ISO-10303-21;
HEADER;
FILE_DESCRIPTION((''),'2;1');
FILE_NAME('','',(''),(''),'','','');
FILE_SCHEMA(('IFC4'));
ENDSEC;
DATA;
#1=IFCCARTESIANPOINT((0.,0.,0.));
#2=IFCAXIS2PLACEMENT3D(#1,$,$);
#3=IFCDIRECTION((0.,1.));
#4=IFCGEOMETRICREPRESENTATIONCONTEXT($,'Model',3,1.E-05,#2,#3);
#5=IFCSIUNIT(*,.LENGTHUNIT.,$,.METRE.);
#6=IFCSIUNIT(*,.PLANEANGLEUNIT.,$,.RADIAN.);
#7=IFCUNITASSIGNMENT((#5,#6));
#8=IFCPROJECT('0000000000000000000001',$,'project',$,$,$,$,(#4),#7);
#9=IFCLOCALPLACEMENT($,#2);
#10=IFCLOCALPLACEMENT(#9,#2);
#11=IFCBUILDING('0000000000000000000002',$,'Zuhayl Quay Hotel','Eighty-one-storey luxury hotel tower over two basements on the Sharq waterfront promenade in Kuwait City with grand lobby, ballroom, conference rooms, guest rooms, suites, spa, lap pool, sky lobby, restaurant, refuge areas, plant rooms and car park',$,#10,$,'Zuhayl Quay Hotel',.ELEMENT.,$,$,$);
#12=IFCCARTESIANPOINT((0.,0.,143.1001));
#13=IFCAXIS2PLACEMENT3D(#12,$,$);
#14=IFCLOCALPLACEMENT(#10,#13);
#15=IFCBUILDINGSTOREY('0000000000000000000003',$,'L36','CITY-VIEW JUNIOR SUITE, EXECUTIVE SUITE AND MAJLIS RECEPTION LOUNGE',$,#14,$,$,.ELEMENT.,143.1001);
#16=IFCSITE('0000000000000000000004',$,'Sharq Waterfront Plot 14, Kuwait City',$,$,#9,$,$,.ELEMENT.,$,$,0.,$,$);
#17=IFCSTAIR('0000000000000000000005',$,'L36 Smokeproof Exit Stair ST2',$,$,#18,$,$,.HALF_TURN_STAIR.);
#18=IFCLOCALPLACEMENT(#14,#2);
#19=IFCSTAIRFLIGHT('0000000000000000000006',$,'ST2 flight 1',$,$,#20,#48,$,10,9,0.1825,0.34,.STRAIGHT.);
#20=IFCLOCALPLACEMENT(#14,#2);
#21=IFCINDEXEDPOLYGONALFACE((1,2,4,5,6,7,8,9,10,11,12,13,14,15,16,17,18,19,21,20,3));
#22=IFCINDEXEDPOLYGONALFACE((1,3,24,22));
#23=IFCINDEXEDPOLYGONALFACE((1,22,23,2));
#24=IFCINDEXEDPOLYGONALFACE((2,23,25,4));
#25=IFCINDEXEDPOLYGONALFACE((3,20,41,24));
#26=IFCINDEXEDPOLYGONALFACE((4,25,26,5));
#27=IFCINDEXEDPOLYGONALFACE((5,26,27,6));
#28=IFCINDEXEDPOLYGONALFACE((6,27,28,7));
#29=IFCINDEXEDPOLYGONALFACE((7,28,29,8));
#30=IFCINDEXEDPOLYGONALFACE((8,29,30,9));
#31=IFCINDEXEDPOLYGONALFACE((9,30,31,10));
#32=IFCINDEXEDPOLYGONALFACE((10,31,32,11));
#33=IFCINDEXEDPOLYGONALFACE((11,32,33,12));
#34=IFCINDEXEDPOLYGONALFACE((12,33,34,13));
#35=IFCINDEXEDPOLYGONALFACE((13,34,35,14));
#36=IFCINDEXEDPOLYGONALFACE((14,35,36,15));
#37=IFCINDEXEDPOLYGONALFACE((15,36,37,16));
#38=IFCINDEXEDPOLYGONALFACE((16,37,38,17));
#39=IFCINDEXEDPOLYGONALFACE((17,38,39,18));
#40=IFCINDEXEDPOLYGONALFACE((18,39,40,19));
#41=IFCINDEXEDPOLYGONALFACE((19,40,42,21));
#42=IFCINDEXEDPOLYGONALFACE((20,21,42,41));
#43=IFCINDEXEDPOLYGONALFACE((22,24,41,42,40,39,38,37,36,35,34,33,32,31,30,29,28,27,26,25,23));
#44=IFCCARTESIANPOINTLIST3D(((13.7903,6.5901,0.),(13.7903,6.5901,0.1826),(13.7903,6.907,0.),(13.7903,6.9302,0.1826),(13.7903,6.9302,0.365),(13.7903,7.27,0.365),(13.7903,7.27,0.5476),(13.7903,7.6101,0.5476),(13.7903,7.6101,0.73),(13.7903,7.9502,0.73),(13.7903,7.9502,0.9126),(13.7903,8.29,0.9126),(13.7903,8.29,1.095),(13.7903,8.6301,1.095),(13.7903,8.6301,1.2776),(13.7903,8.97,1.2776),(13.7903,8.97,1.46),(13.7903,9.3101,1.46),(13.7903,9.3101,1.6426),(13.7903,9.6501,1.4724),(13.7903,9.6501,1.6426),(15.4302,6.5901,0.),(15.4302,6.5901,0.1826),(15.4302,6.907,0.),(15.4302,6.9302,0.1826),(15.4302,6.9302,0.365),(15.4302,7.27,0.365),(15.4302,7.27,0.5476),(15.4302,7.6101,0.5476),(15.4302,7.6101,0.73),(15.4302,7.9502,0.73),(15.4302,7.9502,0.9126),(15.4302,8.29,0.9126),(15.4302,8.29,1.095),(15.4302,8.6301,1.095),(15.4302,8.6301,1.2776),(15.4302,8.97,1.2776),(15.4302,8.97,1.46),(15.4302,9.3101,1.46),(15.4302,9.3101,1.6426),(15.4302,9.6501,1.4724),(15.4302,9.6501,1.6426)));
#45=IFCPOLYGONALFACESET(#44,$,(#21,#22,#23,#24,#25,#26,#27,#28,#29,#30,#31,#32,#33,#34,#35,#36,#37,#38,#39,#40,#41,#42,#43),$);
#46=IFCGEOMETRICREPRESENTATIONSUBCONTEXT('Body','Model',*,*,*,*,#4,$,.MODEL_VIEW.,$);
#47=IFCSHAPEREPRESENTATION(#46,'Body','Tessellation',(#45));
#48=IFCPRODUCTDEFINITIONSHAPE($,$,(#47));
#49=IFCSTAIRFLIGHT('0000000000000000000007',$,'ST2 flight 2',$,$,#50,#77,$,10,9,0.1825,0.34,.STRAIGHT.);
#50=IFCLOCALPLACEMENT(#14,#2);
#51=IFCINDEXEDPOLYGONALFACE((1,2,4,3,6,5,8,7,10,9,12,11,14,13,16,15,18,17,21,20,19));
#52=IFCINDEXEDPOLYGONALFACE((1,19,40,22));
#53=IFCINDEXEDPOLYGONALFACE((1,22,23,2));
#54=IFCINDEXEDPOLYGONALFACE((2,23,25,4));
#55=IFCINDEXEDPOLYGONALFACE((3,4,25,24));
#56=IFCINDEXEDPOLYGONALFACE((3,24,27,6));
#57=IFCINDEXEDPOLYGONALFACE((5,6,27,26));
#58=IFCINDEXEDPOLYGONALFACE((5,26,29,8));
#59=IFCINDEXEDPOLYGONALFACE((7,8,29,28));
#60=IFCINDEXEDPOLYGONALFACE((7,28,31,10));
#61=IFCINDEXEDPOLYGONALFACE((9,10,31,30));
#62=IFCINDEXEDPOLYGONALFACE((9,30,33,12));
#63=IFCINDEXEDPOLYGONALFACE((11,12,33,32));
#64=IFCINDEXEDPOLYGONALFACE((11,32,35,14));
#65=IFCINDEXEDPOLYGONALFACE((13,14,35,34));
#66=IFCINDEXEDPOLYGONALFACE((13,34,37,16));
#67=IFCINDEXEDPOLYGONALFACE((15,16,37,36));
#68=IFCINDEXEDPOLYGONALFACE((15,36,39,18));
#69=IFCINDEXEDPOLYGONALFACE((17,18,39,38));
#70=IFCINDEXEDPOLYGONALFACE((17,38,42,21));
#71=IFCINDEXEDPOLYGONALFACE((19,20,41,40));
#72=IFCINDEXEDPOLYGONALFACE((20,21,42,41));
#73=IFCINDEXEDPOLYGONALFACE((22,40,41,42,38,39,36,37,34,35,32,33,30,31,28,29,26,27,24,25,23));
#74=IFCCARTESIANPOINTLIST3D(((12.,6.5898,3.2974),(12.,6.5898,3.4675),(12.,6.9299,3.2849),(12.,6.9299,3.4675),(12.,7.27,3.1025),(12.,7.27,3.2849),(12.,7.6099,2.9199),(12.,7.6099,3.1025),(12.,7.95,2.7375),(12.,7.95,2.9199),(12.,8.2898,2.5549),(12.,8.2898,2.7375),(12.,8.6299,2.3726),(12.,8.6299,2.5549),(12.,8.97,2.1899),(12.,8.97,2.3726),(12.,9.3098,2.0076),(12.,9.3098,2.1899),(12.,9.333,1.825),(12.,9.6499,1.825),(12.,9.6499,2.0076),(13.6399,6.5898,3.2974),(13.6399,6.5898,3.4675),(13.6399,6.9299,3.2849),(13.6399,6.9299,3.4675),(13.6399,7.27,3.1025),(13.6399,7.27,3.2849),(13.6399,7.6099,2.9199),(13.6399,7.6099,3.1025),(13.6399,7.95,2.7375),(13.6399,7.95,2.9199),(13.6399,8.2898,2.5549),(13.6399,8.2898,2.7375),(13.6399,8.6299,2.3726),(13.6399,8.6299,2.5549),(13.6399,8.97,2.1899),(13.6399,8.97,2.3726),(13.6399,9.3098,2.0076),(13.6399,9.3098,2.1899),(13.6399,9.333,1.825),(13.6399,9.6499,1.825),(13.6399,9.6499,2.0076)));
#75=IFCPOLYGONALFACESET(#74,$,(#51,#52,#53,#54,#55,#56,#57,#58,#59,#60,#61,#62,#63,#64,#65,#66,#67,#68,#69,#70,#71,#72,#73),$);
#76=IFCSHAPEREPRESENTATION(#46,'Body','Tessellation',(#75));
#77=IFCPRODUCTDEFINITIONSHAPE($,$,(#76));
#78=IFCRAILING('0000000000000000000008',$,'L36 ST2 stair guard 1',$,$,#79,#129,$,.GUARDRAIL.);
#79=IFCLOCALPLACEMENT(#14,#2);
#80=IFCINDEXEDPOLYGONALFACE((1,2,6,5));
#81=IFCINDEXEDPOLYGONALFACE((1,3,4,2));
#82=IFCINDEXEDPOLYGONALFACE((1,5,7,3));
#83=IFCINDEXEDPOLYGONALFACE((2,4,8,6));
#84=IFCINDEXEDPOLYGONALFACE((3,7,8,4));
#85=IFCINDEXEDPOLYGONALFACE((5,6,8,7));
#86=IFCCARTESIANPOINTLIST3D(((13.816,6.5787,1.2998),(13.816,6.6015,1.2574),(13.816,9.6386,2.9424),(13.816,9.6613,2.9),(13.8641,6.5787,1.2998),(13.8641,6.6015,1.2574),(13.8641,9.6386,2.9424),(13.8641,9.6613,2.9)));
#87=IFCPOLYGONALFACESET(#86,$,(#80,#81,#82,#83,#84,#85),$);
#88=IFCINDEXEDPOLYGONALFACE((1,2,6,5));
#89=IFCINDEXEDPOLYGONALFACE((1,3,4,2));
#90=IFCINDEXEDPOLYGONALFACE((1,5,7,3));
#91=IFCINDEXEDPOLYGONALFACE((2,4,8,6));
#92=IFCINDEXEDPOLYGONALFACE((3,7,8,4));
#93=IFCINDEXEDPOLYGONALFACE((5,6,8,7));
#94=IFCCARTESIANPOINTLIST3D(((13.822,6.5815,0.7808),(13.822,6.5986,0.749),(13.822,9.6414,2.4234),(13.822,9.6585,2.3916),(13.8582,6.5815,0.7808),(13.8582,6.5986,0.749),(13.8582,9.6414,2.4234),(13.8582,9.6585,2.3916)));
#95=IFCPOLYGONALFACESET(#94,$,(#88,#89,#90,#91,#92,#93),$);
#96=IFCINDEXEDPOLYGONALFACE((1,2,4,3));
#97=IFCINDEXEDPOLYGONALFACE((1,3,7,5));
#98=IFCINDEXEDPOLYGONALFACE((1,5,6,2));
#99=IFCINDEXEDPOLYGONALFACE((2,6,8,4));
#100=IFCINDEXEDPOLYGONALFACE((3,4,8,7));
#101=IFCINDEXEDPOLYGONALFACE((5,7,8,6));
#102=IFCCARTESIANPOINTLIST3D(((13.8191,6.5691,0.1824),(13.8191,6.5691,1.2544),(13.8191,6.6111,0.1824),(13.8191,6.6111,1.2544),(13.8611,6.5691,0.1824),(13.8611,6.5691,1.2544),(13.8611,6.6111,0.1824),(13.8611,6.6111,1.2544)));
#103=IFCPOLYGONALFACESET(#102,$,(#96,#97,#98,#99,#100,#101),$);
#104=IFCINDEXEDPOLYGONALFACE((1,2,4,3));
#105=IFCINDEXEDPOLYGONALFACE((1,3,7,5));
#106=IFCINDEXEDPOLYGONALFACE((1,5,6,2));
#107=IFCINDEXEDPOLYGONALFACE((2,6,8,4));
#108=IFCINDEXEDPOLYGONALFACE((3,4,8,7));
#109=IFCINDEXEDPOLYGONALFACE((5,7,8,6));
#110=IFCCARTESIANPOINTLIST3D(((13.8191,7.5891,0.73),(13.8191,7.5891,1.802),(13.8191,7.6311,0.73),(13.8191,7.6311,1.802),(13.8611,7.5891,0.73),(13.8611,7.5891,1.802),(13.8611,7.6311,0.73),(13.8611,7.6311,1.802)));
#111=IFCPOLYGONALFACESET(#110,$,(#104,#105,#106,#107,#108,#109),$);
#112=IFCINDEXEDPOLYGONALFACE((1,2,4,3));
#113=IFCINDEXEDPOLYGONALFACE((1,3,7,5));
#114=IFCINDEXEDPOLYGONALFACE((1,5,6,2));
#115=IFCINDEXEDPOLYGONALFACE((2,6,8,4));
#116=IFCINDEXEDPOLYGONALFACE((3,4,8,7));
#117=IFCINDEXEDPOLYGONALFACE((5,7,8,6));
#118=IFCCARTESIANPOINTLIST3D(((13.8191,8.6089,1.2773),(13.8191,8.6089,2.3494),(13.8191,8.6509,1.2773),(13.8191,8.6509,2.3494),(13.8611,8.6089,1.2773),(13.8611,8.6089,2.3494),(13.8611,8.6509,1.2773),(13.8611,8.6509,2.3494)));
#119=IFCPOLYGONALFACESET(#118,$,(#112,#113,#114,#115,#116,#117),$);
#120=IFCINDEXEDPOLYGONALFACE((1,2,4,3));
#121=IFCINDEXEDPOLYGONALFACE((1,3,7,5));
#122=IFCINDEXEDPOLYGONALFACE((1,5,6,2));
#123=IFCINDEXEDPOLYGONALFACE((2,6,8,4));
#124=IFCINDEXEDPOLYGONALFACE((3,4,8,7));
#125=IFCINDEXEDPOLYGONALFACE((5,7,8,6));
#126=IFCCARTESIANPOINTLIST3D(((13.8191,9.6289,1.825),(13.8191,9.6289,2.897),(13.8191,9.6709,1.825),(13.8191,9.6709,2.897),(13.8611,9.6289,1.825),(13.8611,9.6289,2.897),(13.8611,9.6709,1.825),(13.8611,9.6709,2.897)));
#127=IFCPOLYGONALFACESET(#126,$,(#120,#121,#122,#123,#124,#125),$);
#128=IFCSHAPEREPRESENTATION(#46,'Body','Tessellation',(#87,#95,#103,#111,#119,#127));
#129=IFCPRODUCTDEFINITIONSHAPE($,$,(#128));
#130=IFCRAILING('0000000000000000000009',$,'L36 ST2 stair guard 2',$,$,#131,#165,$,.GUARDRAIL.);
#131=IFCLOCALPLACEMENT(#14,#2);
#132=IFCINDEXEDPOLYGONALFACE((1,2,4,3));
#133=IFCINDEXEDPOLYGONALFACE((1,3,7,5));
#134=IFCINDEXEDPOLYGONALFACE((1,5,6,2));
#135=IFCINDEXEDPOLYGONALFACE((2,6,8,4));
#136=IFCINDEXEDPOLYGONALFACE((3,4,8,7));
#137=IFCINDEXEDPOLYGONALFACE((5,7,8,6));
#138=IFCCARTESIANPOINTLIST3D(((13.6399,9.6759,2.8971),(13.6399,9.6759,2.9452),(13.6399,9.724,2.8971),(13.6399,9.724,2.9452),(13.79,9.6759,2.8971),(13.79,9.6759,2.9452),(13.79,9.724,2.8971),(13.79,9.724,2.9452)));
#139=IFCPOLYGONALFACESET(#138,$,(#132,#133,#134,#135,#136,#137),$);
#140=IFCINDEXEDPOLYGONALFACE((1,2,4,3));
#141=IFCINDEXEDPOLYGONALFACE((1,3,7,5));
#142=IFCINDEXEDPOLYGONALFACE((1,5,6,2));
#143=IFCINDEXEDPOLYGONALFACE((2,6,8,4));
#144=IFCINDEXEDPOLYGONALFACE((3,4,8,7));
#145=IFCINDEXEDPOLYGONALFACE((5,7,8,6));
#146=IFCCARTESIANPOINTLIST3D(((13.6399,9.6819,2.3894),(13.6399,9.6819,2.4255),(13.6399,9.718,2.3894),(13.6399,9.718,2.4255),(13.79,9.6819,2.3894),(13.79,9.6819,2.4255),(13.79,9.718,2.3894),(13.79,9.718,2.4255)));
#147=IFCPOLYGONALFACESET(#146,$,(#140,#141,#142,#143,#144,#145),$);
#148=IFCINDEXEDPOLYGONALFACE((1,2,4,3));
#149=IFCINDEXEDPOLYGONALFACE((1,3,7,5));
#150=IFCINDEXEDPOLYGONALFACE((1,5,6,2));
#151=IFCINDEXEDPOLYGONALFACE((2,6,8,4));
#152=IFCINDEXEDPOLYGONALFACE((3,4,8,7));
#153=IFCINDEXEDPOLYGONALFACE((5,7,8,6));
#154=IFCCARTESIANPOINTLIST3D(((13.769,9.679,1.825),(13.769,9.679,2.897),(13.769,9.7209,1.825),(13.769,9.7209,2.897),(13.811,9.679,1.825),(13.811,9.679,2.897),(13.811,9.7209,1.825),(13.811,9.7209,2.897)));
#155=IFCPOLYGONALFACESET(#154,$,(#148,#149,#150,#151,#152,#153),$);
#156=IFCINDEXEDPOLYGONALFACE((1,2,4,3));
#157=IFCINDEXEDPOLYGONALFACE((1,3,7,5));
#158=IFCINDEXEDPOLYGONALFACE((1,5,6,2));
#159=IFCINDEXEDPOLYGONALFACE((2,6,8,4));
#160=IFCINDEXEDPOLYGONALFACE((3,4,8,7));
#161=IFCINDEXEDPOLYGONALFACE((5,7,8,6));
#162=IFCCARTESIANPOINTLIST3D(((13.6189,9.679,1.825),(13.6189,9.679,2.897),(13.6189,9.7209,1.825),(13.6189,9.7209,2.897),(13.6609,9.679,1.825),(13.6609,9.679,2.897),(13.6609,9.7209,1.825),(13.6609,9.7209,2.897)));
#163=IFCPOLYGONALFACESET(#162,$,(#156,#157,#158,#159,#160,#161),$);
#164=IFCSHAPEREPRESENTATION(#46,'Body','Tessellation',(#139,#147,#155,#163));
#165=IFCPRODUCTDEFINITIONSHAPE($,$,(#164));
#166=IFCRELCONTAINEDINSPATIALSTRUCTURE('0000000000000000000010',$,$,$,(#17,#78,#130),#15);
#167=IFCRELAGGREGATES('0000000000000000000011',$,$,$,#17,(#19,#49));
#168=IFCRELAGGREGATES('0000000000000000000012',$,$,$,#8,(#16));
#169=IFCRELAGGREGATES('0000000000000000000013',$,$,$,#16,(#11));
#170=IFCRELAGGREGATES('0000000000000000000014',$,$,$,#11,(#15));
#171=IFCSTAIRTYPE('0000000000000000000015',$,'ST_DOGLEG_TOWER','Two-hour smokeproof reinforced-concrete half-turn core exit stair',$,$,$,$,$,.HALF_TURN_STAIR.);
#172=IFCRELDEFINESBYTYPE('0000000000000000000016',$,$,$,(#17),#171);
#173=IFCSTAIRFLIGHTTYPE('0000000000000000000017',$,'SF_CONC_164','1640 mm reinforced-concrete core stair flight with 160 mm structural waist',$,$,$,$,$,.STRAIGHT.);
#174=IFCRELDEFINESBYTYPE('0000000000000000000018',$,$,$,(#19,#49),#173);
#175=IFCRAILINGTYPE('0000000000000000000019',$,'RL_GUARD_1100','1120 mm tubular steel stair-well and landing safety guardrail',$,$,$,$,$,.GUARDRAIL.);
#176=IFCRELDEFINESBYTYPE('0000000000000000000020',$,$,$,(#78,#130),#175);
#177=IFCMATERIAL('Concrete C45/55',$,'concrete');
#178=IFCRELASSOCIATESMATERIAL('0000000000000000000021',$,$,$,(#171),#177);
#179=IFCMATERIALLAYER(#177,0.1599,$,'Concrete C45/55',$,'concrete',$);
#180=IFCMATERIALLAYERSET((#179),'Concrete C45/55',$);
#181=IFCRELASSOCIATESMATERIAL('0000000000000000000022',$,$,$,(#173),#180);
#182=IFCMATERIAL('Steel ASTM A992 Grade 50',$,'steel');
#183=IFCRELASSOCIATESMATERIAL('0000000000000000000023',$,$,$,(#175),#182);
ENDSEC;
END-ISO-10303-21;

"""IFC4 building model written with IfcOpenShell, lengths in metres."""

from ifc_helpers import new_model, si_unit, direction, frame, origin, origin_2d, place, context, subcontext, project, spatial, polyline, rectangle, outline, extrude, material, layer, layer_set, type_object, element, aggregate, save


model = new_model("IFC4")

# Units and contexts
model_context = context("Model", 3, precision=1e-05, world=origin(), true_north=direction((0.0, 1.0)))
body_context = subcontext(model_context, "Body", "Model", "MODEL_VIEW")
ifc_project = project(units=[si_unit("LENGTHUNIT", "METRE"), si_unit("PLANEANGLEUNIT", "RADIAN")], contexts=[model_context])

# Site, building, storey
site_placement = place(None, origin())
site = spatial("IfcSite", under=ifc_project, at=site_placement, Name="Sharq Waterfront Plot 14, Kuwait City", CompositionType="ELEMENT", RefElevation=0.0)
building_placement = place(site_placement, origin())
building = spatial("IfcBuilding", under=site, at=building_placement, Name="Zuhayl Quay Hotel", Description="Eighty-one-storey luxury hotel tower over two basements on the Sharq waterfront promenade in Kuwait City with grand lobby, ballroom, conference rooms, guest rooms, suites, spa, lap pool, sky lobby, restaurant, refuge areas, plant rooms and car park", LongName="Zuhayl Quay Hotel", CompositionType="ELEMENT")
storey_placement = place(building_placement, frame((0.0, 0.0, 143.1001)))
storey = spatial("IfcBuildingStorey", under=building, at=storey_placement, Name="L36", Description="CITY-VIEW JUNIOR SUITE, EXECUTIVE SUITE AND MAJLIS RECEPTION LOUNGE", CompositionType="ELEMENT", Elevation=143.1001)

# Shared definitions
ifc_material_1 = material(Name="Steel ASTM A992 Grade 50", Category="steel")

# Stair, stair flights
ifc_material_2 = material(Name="Concrete C45/55", Category="concrete")
stair_type = type_object("IfcStairType", Name="ST_DOGLEG_TOWER", Description="Two-hour smokeproof reinforced-concrete half-turn core exit stair", PredefinedType="HALF_TURN_STAIR", material=ifc_material_2)
stair_placement = place(storey_placement, origin())
stair = element("IfcStair", 1, at=stair_placement, inside=storey, type_object=stair_type, Name="L36 Smokeproof Exit Stair ST2", PredefinedType="HALF_TURN_STAIR")
ifc_layer_1 = layer(ifc_material_2, 0.1599, Name="Concrete C45/55", Category="concrete")
ifc_layer_set_1 = layer_set([ifc_layer_1], Name="Concrete C45/55")
stair_flight_type = type_object("IfcStairFlightType", Name="SF_CONC_164", Description="1640 mm reinforced-concrete core stair flight with 160 mm structural waist", PredefinedType="STRAIGHT", material=ifc_layer_set_1)
stair_flight_1_placement = place(storey_placement, frame((14.6101, 6.5901, 0.0), z_axis=(0.0, 0.0, 1.0), x_axis=(0.0, 1.0, 0.0)))
stair_flight_1 = element("IfcStairFlight", 2, at=stair_flight_1_placement, type_object=stair_flight_type, Name="ST2 flight 1", NumberOfRisers=10, NumberOfTreads=9, PredefinedType="STRAIGHT", RiserHeight=0.1825, TreadLength=0.34, context=body_context, shape_type="SweptSolid", body=[
    extrude(outline(polyline([(0.0, 0.0), (0.0, 0.1826), (0.3401, 0.1826), (0.3401, 0.365), (0.6799, 0.365), (0.6799, 0.5476), (1.02, 0.5476), (1.02, 0.73), (1.3601, 0.73), (1.3601, 0.9126), (1.7, 0.9126), (1.7, 1.095), (2.04, 1.095), (2.04, 1.2776), (2.3799, 1.2776), (2.3799, 1.46), (2.72, 1.46), (2.72, 1.6426), (3.0601, 1.6426), (3.0601, 1.825), (3.0601, 1.4724), (0.3169, 0.0), (0.0, 0.0)])), frame((0.0, 0.8198, 0.0), z_axis=(0.0, -1.0, 0.0), x_axis=(1.0, 0.0, 0.0)), (0.0, 0.0, 1.0), 1.6399),
])
stair_flight_2_placement = place(storey_placement, frame((12.8201, 9.6499, 1.825), z_axis=(0.0, 0.0, 1.0), x_axis=(0.0, -1.0, 0.0)))
stair_flight_2 = element("IfcStairFlight", 3, at=stair_flight_2_placement, type_object=stair_flight_type, Name="ST2 flight 2", NumberOfRisers=10, NumberOfTreads=9, PredefinedType="STRAIGHT", RiserHeight=0.1825, TreadLength=0.34, context=body_context, shape_type="SweptSolid", body=[
    extrude(outline(polyline([(0.0, 0.0), (0.0, 0.1826), (0.3401, 0.1826), (0.3401, 0.365), (0.6799, 0.365), (0.6799, 0.5476), (1.02, 0.5476), (1.02, 0.73), (1.3601, 0.73), (1.3601, 0.9126), (1.7, 0.9126), (1.7, 1.095), (2.04, 1.095), (2.04, 1.2776), (2.3799, 1.2776), (2.3799, 1.46), (2.72, 1.46), (2.72, 1.6426), (3.0601, 1.6426), (3.0601, 1.825), (3.0601, 1.4724), (0.3169, 0.0), (0.0, 0.0)])), frame((0.0, 0.8198, 0.0), z_axis=(0.0, -1.0, 0.0), x_axis=(1.0, 0.0, 0.0)), (0.0, 0.0, 1.0), 1.6399),
])
aggregate(stair, [stair_flight_1, stair_flight_2])

# Railings
railing_type_1 = type_object("IfcRailingType", Name="RL_GUARD_1100", Description="1120 mm tubular steel stair-well and landing safety guardrail", PredefinedType="GUARDRAIL", material=ifc_material_1)
railing_1_placement = place(storey_placement, frame((13.8401, 6.5901, 0.1824)))
element("IfcRailing", 4, at=railing_1_placement, inside=storey, type_object=railing_type_1, Name="L36 ST2 stair guard 1", PredefinedType="GUARDRAIL", context=body_context, shape_type="SweptSolid", body=[
    extrude(rectangle(XDim=0.0481, YDim=0.0481, at=origin_2d()), frame((0.0, 0.0, 1.0962), z_axis=(0.0, 0.881073, 0.47298), x_axis=(-1.0, 0.0, 0.0)), (0.0, 0.0, 1.0), 3.4729),
    extrude(rectangle(XDim=0.0361, YDim=0.0361, at=origin_2d()), frame((0.0, 0.0, 0.5825), z_axis=(0.0, 0.881073, 0.47298), x_axis=(-1.0, 0.0, 0.0)), (0.0, 0.0, 1.0), 3.4729),
    extrude(rectangle(XDim=0.042, YDim=0.042, at=origin_2d()), origin(), (0.0, 0.0, 1.0), 1.072),
    extrude(rectangle(XDim=0.042, YDim=0.042, at=origin_2d()), frame((0.0, 1.02, 0.5476)), (0.0, 0.0, 1.0), 1.072),
    extrude(rectangle(XDim=0.042, YDim=0.042, at=origin_2d()), frame((0.0, 2.0398, 1.095)), (0.0, 0.0, 1.0), 1.072),
    extrude(rectangle(XDim=0.042, YDim=0.042, at=origin_2d()), frame((0.0, 3.0598, 1.6426)), (0.0, 0.0, 1.0), 1.072),
])
railing_2_placement = place(storey_placement, frame((13.79, 9.7, 1.825)))
element("IfcRailing", 5, at=railing_2_placement, inside=storey, type_object=railing_type_1, Name="L36 ST2 stair guard 2", PredefinedType="GUARDRAIL", context=body_context, shape_type="SweptSolid", body=[
    extrude(rectangle(XDim=0.0481, YDim=0.0481, at=origin_2d()), frame((0.0, 0.0, 1.0962), z_axis=(-1.0, 0.0, 0.0), x_axis=(0.0, -1.0, 0.0)), (0.0, 0.0, 1.0), 0.1501),
    extrude(rectangle(XDim=0.0361, YDim=0.0361, at=origin_2d()), frame((0.0, 0.0, 0.5825), z_axis=(-1.0, 0.0, 0.0), x_axis=(0.0, -1.0, 0.0)), (0.0, 0.0, 1.0), 0.1501),
    extrude(rectangle(XDim=0.042, YDim=0.042, at=origin_2d()), origin(), (0.0, 0.0, 1.0), 1.072),
    extrude(rectangle(XDim=0.042, YDim=0.042, at=origin_2d()), frame((-0.1501, 0.0, 0.0)), (0.0, 0.0, 1.0), 1.072),
])

save(model, "model.ifc")
